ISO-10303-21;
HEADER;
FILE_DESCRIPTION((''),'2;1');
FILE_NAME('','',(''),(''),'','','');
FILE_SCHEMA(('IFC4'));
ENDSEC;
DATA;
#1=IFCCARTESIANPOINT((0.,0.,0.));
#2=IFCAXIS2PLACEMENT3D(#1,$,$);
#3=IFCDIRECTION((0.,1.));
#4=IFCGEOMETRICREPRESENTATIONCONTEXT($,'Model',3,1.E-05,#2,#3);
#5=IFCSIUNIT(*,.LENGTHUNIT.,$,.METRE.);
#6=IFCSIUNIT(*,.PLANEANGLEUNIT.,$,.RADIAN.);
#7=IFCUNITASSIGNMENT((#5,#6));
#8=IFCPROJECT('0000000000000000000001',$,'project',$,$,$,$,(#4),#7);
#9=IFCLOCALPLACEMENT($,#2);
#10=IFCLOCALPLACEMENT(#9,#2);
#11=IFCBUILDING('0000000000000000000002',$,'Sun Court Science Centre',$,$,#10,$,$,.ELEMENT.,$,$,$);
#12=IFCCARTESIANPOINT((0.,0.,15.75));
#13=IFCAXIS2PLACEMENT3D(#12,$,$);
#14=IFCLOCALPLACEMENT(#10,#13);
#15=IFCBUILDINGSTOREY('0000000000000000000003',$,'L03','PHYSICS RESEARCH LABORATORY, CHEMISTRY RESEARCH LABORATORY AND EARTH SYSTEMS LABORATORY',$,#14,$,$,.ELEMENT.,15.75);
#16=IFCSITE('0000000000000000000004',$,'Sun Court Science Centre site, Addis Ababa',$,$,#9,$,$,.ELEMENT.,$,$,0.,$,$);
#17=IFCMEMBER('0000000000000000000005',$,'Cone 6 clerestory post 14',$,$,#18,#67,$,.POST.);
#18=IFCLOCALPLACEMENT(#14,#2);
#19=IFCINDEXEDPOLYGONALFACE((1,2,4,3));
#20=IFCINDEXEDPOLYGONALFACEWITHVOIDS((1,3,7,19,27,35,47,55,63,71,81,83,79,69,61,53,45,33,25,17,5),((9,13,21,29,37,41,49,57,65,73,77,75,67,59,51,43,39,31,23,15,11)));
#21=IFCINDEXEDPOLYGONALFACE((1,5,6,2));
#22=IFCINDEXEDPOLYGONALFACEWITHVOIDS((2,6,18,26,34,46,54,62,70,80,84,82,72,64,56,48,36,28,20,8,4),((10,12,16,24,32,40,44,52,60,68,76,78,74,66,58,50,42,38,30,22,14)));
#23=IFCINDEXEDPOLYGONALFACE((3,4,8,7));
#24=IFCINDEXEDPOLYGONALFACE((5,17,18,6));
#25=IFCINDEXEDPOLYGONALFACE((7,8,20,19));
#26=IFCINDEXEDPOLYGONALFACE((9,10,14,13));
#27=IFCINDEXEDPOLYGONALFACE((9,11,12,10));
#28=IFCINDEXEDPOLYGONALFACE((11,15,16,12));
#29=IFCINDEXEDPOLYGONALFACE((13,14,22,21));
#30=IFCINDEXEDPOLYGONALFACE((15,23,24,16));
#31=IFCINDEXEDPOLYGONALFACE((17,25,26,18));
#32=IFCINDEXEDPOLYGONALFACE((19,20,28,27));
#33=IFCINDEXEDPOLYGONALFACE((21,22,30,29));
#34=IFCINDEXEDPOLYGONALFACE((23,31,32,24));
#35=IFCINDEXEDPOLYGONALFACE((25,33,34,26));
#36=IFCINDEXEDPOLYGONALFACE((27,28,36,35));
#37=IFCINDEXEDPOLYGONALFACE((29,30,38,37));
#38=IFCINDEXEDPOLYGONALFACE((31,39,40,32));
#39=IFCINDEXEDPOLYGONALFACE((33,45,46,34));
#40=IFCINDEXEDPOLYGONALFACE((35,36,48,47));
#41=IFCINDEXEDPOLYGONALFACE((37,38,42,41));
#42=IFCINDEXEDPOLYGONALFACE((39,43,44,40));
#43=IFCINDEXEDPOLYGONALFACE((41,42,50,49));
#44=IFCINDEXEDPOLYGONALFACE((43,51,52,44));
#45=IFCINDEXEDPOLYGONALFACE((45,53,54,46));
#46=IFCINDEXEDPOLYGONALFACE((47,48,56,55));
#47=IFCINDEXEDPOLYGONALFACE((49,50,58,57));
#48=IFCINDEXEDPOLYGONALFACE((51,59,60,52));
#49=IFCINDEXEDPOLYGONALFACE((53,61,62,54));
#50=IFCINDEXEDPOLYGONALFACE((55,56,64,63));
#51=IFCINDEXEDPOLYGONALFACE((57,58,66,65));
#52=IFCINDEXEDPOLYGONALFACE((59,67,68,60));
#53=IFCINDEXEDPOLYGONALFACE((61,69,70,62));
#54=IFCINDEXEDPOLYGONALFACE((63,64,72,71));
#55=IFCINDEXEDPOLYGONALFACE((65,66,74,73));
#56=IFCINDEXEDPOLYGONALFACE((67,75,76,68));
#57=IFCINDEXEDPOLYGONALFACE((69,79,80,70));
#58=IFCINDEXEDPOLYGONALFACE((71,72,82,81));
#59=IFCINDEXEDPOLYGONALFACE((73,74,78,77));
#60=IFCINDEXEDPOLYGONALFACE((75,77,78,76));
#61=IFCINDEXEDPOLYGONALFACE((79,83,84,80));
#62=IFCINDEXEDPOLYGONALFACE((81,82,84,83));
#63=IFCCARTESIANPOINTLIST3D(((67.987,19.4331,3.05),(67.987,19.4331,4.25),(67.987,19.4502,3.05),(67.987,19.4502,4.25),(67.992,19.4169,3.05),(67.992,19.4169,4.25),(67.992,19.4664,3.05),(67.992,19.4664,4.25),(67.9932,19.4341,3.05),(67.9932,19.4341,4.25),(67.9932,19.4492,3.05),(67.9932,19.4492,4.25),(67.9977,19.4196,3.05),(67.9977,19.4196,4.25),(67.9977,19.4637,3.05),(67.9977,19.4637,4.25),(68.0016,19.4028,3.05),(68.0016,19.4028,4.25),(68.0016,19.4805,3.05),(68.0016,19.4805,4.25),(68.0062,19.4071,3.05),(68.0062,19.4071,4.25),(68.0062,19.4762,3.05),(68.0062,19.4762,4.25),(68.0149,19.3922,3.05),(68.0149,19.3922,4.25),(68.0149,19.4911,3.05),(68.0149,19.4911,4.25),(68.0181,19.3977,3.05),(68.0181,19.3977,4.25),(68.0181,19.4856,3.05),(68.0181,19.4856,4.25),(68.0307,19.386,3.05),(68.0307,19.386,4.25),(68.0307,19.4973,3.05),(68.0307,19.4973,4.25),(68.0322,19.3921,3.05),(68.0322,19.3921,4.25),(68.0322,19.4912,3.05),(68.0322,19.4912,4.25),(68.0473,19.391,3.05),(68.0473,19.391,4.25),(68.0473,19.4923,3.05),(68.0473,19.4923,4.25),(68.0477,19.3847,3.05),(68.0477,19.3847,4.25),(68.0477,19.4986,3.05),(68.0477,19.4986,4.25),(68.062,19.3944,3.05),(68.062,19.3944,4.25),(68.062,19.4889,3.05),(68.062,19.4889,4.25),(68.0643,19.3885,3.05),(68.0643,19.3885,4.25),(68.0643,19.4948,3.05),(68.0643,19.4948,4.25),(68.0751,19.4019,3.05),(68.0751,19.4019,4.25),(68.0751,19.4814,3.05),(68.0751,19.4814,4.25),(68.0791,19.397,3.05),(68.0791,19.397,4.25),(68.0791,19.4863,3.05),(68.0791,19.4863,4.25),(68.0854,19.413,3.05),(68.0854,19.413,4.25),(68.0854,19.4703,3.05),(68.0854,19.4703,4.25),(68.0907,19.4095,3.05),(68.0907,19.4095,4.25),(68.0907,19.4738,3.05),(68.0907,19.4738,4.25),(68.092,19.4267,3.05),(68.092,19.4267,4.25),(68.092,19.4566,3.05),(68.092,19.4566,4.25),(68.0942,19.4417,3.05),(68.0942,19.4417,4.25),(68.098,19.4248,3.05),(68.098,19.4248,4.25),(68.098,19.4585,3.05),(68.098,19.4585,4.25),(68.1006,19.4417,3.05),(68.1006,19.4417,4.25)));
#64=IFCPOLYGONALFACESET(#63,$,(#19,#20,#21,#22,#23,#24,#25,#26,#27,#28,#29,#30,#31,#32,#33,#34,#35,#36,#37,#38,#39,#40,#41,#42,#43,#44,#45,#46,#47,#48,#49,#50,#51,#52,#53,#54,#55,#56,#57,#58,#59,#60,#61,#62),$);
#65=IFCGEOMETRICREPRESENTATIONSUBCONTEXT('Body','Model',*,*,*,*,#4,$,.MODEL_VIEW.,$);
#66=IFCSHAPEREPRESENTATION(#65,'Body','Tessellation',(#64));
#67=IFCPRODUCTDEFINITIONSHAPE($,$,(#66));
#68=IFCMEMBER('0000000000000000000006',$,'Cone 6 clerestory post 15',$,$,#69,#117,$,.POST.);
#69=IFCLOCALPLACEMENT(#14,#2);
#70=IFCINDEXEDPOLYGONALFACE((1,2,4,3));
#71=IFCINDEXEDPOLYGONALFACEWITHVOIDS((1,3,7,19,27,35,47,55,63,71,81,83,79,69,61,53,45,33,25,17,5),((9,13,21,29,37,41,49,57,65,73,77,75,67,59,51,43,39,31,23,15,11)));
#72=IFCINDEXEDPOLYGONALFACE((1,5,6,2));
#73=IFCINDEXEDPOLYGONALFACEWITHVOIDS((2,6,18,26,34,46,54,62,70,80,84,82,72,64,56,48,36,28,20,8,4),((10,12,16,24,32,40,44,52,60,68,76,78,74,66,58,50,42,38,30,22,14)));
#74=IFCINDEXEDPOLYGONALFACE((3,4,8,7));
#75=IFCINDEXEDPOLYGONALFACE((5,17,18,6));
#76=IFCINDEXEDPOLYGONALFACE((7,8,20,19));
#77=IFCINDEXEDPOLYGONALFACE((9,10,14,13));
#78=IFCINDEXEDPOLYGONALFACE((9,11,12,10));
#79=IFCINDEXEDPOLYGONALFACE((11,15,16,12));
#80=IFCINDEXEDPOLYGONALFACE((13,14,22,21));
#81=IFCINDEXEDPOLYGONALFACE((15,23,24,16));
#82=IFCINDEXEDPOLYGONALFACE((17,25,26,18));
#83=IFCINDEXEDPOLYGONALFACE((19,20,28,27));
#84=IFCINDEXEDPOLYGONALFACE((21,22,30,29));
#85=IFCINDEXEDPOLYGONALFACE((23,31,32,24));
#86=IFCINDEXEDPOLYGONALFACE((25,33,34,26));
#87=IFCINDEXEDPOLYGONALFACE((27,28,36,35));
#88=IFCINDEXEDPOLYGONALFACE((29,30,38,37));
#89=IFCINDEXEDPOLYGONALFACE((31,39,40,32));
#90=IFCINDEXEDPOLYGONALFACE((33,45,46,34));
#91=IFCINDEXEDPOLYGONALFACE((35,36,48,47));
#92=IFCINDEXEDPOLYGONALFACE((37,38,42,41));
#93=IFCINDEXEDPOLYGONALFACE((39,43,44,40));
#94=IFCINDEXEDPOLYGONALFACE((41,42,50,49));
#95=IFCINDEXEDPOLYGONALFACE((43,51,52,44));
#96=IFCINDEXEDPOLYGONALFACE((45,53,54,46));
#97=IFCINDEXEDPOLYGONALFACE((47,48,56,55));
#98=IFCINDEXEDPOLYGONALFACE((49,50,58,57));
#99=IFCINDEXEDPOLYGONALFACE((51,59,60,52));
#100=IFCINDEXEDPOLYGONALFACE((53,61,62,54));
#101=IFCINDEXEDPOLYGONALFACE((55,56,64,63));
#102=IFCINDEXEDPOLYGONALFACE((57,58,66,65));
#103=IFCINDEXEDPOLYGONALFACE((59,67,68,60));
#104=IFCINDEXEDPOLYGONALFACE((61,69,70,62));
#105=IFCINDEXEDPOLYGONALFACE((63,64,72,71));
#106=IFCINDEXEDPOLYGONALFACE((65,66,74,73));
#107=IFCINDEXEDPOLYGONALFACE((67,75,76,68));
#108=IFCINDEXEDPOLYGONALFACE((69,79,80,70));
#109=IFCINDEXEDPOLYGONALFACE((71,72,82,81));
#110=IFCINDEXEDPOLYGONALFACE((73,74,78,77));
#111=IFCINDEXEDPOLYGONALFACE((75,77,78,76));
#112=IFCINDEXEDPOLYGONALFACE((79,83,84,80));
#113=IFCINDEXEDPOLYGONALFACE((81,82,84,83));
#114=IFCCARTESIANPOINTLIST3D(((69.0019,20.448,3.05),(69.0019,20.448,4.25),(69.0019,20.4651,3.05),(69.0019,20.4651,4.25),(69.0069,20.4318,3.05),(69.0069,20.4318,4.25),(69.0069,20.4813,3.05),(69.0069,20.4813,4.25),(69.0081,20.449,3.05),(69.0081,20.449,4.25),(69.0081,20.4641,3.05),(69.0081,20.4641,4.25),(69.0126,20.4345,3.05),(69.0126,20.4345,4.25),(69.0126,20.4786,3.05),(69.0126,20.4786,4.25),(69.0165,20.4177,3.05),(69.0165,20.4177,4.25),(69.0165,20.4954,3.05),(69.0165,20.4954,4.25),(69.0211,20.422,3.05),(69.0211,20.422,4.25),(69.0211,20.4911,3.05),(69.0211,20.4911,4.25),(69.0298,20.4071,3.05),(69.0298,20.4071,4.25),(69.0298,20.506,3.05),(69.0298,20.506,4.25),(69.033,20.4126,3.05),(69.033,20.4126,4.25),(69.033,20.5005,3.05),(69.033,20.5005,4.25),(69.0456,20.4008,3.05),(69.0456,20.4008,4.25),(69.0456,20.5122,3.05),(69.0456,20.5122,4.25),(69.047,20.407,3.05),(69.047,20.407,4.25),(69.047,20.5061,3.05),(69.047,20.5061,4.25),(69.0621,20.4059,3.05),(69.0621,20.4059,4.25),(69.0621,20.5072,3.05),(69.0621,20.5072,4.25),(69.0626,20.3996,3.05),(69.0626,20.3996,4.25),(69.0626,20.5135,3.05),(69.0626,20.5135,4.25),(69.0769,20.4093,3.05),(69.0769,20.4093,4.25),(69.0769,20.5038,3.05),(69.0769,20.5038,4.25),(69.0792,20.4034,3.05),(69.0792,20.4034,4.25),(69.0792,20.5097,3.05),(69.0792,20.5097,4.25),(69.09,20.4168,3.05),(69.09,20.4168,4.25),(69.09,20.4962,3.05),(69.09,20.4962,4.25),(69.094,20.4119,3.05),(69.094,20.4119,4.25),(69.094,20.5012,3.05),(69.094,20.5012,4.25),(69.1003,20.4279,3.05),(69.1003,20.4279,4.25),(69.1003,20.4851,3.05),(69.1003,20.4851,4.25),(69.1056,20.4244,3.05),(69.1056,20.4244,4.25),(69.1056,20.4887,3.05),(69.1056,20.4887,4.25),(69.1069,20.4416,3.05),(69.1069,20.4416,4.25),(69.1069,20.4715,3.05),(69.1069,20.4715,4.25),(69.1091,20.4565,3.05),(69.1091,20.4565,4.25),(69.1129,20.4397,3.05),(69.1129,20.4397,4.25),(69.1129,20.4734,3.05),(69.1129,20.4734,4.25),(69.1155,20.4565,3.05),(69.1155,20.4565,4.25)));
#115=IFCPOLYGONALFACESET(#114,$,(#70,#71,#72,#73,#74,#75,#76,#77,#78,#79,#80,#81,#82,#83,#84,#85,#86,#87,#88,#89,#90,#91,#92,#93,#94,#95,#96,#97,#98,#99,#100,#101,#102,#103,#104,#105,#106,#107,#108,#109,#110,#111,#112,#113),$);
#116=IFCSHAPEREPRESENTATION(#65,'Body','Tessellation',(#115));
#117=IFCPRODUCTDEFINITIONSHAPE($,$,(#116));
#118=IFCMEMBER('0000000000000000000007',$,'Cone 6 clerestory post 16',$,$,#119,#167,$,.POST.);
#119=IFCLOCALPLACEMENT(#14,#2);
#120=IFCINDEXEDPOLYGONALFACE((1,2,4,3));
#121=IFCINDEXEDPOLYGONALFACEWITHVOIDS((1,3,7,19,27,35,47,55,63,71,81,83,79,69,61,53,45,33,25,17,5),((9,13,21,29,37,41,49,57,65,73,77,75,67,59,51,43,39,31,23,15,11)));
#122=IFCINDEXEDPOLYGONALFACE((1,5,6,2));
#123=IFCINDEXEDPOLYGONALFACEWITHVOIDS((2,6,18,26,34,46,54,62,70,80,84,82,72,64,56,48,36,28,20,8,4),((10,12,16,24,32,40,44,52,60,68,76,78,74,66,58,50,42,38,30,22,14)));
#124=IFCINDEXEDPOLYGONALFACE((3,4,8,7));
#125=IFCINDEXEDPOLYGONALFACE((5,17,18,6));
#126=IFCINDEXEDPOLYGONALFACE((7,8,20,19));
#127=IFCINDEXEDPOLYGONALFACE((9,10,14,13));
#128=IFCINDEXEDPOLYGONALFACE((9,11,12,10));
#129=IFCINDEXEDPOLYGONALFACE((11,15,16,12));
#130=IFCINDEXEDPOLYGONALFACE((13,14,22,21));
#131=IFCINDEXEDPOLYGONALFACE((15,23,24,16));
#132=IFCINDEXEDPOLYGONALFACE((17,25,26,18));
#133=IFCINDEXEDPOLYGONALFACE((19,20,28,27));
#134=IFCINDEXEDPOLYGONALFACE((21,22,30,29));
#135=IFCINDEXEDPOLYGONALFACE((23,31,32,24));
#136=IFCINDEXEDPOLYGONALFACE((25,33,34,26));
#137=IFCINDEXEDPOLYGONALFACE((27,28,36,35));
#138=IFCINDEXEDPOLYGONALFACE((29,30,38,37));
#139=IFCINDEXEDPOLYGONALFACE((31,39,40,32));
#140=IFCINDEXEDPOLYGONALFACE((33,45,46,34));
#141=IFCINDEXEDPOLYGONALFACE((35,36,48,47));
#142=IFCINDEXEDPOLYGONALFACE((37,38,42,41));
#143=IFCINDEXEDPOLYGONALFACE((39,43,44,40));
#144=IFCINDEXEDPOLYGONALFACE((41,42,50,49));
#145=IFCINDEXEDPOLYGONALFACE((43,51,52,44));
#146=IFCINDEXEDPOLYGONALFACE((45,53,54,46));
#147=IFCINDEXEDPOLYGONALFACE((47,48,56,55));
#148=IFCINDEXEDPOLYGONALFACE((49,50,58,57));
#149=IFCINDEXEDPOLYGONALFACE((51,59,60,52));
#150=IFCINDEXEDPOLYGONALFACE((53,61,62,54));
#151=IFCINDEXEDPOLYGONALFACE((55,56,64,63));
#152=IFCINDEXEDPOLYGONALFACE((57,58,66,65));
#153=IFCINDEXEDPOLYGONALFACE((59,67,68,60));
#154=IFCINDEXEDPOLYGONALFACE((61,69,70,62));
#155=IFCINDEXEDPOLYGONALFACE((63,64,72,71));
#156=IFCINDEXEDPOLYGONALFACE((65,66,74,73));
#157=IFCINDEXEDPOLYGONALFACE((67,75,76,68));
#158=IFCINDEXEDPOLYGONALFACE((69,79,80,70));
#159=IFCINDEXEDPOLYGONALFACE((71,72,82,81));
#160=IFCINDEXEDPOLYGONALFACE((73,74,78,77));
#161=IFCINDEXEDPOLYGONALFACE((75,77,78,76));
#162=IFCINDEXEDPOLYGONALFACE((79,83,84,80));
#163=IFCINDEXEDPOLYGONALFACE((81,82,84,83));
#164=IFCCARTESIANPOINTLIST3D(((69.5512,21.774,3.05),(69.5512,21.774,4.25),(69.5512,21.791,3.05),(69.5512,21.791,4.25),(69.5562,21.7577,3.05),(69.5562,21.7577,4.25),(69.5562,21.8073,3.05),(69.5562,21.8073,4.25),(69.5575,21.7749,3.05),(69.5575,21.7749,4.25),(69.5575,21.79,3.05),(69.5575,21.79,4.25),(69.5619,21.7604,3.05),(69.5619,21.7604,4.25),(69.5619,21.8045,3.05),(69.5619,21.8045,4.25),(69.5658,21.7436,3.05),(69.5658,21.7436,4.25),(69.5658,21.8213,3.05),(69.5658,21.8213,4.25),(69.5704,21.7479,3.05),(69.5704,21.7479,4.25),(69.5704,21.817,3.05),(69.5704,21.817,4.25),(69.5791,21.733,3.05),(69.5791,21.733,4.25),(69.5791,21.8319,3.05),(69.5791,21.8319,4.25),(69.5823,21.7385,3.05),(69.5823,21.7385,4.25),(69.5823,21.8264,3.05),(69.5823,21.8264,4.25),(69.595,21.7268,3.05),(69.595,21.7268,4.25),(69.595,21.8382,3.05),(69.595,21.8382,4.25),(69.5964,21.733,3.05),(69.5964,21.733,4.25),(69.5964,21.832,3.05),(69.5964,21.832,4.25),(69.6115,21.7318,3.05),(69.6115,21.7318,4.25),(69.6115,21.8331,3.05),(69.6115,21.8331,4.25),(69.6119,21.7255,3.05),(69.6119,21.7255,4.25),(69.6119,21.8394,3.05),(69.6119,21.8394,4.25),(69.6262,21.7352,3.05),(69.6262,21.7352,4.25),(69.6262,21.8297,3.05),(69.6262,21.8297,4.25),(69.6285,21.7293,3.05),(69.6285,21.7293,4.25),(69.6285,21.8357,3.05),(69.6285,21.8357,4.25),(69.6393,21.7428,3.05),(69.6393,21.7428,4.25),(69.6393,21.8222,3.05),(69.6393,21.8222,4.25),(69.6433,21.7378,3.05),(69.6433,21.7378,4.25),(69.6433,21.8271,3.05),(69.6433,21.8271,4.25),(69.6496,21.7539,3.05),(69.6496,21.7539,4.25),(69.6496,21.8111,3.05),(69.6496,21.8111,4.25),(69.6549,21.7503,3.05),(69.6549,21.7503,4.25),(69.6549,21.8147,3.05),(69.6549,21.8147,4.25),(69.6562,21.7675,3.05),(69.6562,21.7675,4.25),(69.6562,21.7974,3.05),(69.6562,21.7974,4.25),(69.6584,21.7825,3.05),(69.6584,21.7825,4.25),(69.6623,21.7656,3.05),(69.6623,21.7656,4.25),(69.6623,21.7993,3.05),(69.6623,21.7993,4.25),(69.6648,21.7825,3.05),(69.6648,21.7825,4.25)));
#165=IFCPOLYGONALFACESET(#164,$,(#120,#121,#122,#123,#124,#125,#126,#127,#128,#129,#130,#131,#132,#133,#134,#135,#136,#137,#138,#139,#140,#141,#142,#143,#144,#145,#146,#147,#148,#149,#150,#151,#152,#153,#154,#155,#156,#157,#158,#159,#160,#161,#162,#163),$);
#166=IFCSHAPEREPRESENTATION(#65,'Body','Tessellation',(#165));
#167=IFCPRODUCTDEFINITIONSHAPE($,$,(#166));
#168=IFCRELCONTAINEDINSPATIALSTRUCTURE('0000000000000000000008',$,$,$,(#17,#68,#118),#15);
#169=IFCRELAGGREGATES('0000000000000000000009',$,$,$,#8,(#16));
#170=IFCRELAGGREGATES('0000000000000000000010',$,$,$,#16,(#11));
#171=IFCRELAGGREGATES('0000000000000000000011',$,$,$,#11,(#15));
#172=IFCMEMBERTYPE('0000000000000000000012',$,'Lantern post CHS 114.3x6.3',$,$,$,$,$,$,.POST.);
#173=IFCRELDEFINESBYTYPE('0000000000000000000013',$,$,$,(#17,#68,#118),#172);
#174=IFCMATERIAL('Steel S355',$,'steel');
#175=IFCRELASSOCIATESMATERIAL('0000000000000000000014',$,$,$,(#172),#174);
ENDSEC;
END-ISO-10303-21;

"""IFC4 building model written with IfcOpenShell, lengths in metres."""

from ifc_helpers import new_model, si_unit, direction, frame, origin, origin_2d, place, context, subcontext, project, spatial, hollow_circle, extrude, material, material_profile, profile_set, type_object, element, save


model = new_model("IFC4")

# Units and contexts
model_context = context("Model", 3, precision=1e-05, world=origin(), true_north=direction((0.0, 1.0)))
body_context = subcontext(model_context, "Body", "Model", "MODEL_VIEW")
ifc_project = project(units=[si_unit("LENGTHUNIT", "METRE"), si_unit("PLANEANGLEUNIT", "RADIAN")], contexts=[model_context])

# Site, building, storey
site_placement = place(None, origin())
site = spatial("IfcSite", under=ifc_project, at=site_placement, Name="Sun Court Science Centre site, Addis Ababa", CompositionType="ELEMENT", RefElevation=0.0)
building_placement = place(site_placement, origin())
building = spatial("IfcBuilding", under=site, at=building_placement, Name="Sun Court Science Centre", CompositionType="ELEMENT")
storey_placement = place(building_placement, frame((0.0, 0.0, 15.75)))
storey = spatial("IfcBuildingStorey", under=building, at=storey_placement, Name="L03", Description="PHYSICS RESEARCH LABORATORY, CHEMISTRY RESEARCH LABORATORY AND EARTH SYSTEMS LABORATORY", CompositionType="ELEMENT", Elevation=15.75)

# Members
ifc_material_1 = material(Name="Steel S355", Category="steel")
ifc_material_profile_1 = material_profile(ifc_material_1, hollow_circle(Radius=0.0571, WallThickness=0.0063, at=origin_2d()), Name="CHS 114.3x6.3")
ifc_profile_set_1 = profile_set([ifc_material_profile_1], Name="Steel S355")
member_type_1 = type_object("IfcMemberType", Name="Lantern post CHS 114.3x6.3", PredefinedType="POST", material=ifc_profile_set_1)
for number, where, z_axis, x_axis, name in (
    (1, (68.0435, 19.4417, 3.05), (0.0, 0.0, 1.0), (1.0, 0.0, 0.0), "Cone 6 clerestory post 14"),
    (2, (69.0583, 20.4565, 3.05), (0.0, 0.0, 1.0), (1.0, 0.0, 0.0), "Cone 6 clerestory post 15"),
    (3, (69.6077, 21.7825, 3.05), (0.0, 0.0, 1.0), (1.0, 0.0, 0.0), "Cone 6 clerestory post 16"),
):
    element("IfcMember", number, at=place(storey_placement, frame(where, z_axis=z_axis, x_axis=x_axis)), inside=storey, type_object=member_type_1, Name=name, PredefinedType="POST", context=body_context, shape_type="SweptSolid", body=[
        extrude(hollow_circle(Radius=0.0571, WallThickness=0.0063, at=origin_2d()), origin(), (0.0, 0.0, 1.0), 1.2),
    ])

save(model, "model.ifc")
